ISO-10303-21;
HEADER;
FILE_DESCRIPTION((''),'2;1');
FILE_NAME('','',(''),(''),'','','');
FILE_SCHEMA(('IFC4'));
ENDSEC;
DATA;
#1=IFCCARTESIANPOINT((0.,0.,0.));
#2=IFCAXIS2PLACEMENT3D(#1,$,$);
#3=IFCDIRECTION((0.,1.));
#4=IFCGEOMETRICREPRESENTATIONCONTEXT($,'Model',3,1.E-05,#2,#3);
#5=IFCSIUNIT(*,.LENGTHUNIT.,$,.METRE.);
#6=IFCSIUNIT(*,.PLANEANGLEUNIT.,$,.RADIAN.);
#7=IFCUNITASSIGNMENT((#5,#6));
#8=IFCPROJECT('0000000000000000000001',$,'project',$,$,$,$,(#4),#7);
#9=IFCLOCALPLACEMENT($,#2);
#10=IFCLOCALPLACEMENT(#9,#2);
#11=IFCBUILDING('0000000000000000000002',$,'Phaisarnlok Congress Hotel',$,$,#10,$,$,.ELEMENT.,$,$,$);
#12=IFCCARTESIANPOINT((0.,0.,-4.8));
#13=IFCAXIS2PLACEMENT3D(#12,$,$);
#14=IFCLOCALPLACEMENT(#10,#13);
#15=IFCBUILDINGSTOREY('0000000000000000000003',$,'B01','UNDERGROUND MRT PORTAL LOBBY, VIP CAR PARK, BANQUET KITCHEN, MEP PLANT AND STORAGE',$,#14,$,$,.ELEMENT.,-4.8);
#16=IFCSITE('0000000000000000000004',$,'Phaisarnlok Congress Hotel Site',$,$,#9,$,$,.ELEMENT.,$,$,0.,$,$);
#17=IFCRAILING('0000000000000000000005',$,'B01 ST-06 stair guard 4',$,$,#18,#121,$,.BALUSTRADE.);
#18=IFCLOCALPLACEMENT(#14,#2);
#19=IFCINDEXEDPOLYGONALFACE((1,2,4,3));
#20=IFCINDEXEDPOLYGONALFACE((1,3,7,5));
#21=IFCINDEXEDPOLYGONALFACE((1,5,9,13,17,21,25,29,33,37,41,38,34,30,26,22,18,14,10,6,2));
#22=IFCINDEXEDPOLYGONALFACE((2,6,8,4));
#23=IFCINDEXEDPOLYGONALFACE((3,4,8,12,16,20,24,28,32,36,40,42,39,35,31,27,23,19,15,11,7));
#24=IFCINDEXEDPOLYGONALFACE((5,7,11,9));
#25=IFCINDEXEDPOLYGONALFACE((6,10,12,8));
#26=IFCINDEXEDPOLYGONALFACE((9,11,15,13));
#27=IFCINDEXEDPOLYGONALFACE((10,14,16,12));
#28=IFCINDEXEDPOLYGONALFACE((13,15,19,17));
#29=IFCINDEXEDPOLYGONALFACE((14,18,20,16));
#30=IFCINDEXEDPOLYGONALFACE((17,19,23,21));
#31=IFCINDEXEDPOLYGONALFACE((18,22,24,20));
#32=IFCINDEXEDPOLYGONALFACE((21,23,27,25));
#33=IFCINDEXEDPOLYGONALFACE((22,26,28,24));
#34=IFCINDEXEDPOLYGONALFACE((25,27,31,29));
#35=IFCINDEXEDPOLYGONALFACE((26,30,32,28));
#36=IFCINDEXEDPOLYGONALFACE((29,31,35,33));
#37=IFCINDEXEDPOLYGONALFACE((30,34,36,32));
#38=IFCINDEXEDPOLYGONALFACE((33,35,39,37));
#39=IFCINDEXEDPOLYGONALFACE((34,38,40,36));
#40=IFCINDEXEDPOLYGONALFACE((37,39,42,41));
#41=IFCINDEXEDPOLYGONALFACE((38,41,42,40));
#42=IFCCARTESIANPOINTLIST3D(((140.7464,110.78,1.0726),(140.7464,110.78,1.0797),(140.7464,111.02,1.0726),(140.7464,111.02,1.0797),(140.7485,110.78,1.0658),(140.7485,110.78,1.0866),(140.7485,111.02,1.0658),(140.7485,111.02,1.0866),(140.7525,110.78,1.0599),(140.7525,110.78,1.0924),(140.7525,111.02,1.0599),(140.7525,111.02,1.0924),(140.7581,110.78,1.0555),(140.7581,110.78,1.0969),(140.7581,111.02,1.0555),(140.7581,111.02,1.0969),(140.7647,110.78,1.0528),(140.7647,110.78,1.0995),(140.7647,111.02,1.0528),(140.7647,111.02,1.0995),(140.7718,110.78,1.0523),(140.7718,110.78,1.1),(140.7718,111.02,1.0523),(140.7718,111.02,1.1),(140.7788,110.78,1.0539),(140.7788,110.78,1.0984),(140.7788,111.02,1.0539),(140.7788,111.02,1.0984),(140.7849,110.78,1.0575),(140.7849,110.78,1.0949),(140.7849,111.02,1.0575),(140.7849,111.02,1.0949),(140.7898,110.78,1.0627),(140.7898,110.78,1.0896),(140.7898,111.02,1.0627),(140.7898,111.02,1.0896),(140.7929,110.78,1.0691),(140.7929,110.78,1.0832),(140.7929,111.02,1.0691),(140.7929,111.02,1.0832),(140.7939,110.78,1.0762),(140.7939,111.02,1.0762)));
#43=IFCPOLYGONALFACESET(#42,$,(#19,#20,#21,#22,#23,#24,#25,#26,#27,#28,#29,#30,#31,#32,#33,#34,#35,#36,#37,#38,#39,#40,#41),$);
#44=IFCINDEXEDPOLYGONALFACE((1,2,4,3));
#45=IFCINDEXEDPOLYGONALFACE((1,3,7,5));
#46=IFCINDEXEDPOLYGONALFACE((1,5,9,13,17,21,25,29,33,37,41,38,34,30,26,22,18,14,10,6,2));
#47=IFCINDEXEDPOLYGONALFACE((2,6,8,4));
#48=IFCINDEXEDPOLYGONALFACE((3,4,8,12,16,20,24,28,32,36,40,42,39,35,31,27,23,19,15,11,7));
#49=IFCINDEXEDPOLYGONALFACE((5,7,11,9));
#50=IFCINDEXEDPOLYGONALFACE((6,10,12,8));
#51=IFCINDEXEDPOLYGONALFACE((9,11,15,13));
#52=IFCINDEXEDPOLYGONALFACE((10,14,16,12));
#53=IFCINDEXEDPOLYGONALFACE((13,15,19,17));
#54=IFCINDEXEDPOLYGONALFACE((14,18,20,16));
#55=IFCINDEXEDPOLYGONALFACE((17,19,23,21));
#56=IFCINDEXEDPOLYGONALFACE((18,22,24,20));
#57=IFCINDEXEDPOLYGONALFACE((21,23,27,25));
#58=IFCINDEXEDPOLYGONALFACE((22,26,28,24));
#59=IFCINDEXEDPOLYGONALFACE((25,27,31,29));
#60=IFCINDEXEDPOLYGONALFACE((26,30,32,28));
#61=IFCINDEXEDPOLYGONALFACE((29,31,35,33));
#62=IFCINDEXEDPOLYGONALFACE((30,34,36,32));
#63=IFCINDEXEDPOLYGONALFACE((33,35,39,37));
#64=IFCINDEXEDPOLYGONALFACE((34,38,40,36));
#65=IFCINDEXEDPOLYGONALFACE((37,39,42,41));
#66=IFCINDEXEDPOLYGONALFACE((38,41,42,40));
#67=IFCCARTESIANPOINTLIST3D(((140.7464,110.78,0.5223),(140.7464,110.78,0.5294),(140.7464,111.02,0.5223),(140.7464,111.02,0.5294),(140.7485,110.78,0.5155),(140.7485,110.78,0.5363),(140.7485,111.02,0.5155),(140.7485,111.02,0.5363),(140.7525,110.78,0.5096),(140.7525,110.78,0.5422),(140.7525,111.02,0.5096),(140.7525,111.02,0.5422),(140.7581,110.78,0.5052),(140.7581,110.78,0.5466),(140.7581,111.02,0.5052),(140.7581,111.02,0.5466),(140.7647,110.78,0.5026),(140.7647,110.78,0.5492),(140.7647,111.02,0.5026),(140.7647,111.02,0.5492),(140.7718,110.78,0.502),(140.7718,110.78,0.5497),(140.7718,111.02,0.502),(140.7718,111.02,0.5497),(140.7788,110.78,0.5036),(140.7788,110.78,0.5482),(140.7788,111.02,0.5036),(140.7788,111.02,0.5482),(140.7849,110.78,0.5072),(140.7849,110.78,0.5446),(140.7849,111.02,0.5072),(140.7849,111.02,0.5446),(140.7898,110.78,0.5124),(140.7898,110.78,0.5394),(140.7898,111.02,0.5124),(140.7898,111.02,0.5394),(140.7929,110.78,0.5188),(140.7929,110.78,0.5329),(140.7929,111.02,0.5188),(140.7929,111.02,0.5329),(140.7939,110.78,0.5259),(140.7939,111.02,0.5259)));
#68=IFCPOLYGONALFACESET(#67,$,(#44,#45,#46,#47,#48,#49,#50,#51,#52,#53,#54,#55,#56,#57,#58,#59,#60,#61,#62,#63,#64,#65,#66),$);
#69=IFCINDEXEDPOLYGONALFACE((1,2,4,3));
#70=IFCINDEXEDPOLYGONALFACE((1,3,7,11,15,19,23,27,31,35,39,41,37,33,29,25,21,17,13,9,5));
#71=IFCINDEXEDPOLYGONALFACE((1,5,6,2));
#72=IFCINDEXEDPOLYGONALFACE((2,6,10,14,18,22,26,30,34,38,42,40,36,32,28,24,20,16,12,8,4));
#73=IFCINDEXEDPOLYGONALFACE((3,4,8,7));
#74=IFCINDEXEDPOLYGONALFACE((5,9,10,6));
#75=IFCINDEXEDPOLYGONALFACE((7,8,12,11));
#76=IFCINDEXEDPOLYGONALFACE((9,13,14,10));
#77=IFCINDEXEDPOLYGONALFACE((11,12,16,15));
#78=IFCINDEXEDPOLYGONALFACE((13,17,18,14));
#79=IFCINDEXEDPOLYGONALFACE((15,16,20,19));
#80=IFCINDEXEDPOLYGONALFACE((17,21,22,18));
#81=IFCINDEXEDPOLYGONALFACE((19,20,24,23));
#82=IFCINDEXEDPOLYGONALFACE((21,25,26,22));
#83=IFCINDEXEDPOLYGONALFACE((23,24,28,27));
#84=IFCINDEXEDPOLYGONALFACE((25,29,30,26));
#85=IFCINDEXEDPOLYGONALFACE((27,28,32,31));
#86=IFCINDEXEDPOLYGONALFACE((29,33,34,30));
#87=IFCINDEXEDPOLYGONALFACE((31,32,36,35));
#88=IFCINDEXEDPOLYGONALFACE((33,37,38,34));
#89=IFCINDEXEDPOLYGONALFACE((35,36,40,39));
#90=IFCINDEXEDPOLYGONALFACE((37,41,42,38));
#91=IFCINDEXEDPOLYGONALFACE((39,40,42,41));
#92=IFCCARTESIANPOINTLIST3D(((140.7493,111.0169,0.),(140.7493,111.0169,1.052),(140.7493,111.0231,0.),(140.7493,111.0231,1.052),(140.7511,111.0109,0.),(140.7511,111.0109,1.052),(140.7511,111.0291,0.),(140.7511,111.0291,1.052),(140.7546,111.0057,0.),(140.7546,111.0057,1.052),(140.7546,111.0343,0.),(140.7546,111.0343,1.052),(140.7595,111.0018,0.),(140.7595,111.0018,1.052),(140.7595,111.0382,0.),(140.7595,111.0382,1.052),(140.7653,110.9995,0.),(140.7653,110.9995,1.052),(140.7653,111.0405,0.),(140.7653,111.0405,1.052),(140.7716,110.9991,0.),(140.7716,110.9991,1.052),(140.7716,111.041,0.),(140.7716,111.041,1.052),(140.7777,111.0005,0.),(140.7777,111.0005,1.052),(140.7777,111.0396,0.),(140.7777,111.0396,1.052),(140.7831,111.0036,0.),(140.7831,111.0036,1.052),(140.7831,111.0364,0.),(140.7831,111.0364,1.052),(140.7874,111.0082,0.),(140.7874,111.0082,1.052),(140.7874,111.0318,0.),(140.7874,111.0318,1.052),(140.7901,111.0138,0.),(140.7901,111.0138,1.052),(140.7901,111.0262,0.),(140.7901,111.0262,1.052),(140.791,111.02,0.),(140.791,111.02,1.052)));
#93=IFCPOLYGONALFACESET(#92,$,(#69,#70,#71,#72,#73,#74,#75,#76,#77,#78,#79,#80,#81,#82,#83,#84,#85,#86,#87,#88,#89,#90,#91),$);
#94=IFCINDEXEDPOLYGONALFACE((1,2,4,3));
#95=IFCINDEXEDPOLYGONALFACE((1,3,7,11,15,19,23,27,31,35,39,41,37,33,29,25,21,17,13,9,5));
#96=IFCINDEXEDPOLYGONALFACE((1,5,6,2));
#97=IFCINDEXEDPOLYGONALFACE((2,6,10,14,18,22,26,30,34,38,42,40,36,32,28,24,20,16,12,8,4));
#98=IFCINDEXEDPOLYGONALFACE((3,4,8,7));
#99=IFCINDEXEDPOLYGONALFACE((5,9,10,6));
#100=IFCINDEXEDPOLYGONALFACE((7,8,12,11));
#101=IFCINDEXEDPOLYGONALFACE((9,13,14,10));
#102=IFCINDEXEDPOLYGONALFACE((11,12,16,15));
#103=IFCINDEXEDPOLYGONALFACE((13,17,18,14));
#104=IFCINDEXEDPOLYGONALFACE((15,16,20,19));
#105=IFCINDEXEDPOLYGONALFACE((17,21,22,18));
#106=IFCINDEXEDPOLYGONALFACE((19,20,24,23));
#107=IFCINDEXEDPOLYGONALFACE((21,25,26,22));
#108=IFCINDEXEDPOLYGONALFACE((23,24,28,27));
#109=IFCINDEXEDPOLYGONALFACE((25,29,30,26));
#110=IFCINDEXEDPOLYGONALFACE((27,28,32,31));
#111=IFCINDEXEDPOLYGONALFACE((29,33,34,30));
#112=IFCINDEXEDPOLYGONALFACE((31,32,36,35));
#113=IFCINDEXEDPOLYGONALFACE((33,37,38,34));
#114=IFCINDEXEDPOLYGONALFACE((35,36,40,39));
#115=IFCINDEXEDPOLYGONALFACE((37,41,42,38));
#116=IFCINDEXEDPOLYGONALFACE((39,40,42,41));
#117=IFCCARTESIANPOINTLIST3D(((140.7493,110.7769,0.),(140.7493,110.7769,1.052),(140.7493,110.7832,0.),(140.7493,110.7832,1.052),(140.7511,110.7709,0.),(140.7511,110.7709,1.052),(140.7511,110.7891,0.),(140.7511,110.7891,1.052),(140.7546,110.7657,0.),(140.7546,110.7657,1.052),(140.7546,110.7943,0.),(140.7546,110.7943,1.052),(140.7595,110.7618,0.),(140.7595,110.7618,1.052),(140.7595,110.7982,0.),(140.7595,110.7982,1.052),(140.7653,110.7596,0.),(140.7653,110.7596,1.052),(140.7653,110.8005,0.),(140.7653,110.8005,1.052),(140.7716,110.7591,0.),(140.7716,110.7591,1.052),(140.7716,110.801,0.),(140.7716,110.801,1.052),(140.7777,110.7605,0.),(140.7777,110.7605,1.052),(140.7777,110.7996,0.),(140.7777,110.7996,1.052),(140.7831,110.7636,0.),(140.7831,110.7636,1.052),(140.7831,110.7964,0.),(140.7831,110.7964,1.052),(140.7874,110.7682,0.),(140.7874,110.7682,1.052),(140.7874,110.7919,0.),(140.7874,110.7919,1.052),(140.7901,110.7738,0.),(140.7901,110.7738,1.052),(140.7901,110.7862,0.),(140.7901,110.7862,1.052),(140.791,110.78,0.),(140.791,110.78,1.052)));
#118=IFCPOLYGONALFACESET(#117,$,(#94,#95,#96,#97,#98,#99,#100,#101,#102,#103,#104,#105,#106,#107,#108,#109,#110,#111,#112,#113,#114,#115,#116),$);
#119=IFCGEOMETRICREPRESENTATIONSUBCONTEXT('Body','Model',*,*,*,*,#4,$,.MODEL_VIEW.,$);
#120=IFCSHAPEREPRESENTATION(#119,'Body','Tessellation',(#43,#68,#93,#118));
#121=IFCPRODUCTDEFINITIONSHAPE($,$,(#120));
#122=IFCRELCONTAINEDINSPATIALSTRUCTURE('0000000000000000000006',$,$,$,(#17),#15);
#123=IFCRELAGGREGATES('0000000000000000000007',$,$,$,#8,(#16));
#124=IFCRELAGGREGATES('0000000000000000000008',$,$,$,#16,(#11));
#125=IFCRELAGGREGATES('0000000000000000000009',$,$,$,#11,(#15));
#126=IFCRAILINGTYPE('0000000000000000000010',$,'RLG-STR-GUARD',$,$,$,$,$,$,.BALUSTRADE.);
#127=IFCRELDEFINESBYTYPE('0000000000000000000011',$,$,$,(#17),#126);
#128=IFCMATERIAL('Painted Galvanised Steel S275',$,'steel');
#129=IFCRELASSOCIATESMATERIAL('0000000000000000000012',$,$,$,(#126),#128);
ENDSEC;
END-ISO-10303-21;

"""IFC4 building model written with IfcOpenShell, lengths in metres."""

from ifc_helpers import new_model, si_unit, direction, frame, origin, origin_2d, place, context, subcontext, project, spatial, circle, extrude, material, type_object, element, save


model = new_model("IFC4")

# Units and contexts
model_context = context("Model", 3, precision=1e-05, world=origin(), true_north=direction((0.0, 1.0)))
body_context = subcontext(model_context, "Body", "Model", "MODEL_VIEW")
ifc_project = project(units=[si_unit("LENGTHUNIT", "METRE"), si_unit("PLANEANGLEUNIT", "RADIAN")], contexts=[model_context])

# Site, building, storey
site_placement = place(None, origin())
site = spatial("IfcSite", under=ifc_project, at=site_placement, Name="Phaisarnlok Congress Hotel Site", CompositionType="ELEMENT", RefElevation=0.0)
building_placement = place(site_placement, origin())
building = spatial("IfcBuilding", under=site, at=building_placement, Name="Phaisarnlok Congress Hotel", CompositionType="ELEMENT")
storey_placement = place(building_placement, frame((0.0, 0.0, -4.8)))
storey = spatial("IfcBuildingStorey", under=building, at=storey_placement, Name="B01", Description="UNDERGROUND MRT PORTAL LOBBY, VIP CAR PARK, BANQUET KITCHEN, MEP PLANT AND STORAGE", CompositionType="ELEMENT", Elevation=-4.8)

# Railing
ifc_material_1 = material(Name="Painted Galvanised Steel S275", Category="steel")
railing_type_1 = type_object("IfcRailingType", Name="RLG-STR-GUARD", PredefinedType="BALUSTRADE", material=ifc_material_1)
railing_1_placement = place(storey_placement, frame((140.77, 111.02, 0.0)))
element("IfcRailing", 1, at=railing_1_placement, inside=storey, type_object=railing_type_1, Name="B01 ST-06 stair guard 4", PredefinedType="BALUSTRADE", context=body_context, shape_type="SweptSolid", body=[
    extrude(circle(Radius=0.0239, at=origin_2d()), frame((0.0, 0.0, 1.0762), z_axis=(0.0, -1.0, 0.0), x_axis=(1.0, 0.0, 0.0)), (0.0, 0.0, 1.0), 0.24),
    extrude(circle(Radius=0.0239, at=origin_2d()), frame((0.0, 0.0, 0.5259), z_axis=(0.0, -1.0, 0.0), x_axis=(1.0, 0.0, 0.0)), (0.0, 0.0, 1.0), 0.24),
    extrude(circle(Radius=0.021, at=origin_2d()), origin(), (0.0, 0.0, 1.0), 1.052),
    extrude(circle(Radius=0.021, at=origin_2d()), frame((0.0, -0.24, 0.0)), (0.0, 0.0, 1.0), 1.052),
])

save(model, "model.ifc")
